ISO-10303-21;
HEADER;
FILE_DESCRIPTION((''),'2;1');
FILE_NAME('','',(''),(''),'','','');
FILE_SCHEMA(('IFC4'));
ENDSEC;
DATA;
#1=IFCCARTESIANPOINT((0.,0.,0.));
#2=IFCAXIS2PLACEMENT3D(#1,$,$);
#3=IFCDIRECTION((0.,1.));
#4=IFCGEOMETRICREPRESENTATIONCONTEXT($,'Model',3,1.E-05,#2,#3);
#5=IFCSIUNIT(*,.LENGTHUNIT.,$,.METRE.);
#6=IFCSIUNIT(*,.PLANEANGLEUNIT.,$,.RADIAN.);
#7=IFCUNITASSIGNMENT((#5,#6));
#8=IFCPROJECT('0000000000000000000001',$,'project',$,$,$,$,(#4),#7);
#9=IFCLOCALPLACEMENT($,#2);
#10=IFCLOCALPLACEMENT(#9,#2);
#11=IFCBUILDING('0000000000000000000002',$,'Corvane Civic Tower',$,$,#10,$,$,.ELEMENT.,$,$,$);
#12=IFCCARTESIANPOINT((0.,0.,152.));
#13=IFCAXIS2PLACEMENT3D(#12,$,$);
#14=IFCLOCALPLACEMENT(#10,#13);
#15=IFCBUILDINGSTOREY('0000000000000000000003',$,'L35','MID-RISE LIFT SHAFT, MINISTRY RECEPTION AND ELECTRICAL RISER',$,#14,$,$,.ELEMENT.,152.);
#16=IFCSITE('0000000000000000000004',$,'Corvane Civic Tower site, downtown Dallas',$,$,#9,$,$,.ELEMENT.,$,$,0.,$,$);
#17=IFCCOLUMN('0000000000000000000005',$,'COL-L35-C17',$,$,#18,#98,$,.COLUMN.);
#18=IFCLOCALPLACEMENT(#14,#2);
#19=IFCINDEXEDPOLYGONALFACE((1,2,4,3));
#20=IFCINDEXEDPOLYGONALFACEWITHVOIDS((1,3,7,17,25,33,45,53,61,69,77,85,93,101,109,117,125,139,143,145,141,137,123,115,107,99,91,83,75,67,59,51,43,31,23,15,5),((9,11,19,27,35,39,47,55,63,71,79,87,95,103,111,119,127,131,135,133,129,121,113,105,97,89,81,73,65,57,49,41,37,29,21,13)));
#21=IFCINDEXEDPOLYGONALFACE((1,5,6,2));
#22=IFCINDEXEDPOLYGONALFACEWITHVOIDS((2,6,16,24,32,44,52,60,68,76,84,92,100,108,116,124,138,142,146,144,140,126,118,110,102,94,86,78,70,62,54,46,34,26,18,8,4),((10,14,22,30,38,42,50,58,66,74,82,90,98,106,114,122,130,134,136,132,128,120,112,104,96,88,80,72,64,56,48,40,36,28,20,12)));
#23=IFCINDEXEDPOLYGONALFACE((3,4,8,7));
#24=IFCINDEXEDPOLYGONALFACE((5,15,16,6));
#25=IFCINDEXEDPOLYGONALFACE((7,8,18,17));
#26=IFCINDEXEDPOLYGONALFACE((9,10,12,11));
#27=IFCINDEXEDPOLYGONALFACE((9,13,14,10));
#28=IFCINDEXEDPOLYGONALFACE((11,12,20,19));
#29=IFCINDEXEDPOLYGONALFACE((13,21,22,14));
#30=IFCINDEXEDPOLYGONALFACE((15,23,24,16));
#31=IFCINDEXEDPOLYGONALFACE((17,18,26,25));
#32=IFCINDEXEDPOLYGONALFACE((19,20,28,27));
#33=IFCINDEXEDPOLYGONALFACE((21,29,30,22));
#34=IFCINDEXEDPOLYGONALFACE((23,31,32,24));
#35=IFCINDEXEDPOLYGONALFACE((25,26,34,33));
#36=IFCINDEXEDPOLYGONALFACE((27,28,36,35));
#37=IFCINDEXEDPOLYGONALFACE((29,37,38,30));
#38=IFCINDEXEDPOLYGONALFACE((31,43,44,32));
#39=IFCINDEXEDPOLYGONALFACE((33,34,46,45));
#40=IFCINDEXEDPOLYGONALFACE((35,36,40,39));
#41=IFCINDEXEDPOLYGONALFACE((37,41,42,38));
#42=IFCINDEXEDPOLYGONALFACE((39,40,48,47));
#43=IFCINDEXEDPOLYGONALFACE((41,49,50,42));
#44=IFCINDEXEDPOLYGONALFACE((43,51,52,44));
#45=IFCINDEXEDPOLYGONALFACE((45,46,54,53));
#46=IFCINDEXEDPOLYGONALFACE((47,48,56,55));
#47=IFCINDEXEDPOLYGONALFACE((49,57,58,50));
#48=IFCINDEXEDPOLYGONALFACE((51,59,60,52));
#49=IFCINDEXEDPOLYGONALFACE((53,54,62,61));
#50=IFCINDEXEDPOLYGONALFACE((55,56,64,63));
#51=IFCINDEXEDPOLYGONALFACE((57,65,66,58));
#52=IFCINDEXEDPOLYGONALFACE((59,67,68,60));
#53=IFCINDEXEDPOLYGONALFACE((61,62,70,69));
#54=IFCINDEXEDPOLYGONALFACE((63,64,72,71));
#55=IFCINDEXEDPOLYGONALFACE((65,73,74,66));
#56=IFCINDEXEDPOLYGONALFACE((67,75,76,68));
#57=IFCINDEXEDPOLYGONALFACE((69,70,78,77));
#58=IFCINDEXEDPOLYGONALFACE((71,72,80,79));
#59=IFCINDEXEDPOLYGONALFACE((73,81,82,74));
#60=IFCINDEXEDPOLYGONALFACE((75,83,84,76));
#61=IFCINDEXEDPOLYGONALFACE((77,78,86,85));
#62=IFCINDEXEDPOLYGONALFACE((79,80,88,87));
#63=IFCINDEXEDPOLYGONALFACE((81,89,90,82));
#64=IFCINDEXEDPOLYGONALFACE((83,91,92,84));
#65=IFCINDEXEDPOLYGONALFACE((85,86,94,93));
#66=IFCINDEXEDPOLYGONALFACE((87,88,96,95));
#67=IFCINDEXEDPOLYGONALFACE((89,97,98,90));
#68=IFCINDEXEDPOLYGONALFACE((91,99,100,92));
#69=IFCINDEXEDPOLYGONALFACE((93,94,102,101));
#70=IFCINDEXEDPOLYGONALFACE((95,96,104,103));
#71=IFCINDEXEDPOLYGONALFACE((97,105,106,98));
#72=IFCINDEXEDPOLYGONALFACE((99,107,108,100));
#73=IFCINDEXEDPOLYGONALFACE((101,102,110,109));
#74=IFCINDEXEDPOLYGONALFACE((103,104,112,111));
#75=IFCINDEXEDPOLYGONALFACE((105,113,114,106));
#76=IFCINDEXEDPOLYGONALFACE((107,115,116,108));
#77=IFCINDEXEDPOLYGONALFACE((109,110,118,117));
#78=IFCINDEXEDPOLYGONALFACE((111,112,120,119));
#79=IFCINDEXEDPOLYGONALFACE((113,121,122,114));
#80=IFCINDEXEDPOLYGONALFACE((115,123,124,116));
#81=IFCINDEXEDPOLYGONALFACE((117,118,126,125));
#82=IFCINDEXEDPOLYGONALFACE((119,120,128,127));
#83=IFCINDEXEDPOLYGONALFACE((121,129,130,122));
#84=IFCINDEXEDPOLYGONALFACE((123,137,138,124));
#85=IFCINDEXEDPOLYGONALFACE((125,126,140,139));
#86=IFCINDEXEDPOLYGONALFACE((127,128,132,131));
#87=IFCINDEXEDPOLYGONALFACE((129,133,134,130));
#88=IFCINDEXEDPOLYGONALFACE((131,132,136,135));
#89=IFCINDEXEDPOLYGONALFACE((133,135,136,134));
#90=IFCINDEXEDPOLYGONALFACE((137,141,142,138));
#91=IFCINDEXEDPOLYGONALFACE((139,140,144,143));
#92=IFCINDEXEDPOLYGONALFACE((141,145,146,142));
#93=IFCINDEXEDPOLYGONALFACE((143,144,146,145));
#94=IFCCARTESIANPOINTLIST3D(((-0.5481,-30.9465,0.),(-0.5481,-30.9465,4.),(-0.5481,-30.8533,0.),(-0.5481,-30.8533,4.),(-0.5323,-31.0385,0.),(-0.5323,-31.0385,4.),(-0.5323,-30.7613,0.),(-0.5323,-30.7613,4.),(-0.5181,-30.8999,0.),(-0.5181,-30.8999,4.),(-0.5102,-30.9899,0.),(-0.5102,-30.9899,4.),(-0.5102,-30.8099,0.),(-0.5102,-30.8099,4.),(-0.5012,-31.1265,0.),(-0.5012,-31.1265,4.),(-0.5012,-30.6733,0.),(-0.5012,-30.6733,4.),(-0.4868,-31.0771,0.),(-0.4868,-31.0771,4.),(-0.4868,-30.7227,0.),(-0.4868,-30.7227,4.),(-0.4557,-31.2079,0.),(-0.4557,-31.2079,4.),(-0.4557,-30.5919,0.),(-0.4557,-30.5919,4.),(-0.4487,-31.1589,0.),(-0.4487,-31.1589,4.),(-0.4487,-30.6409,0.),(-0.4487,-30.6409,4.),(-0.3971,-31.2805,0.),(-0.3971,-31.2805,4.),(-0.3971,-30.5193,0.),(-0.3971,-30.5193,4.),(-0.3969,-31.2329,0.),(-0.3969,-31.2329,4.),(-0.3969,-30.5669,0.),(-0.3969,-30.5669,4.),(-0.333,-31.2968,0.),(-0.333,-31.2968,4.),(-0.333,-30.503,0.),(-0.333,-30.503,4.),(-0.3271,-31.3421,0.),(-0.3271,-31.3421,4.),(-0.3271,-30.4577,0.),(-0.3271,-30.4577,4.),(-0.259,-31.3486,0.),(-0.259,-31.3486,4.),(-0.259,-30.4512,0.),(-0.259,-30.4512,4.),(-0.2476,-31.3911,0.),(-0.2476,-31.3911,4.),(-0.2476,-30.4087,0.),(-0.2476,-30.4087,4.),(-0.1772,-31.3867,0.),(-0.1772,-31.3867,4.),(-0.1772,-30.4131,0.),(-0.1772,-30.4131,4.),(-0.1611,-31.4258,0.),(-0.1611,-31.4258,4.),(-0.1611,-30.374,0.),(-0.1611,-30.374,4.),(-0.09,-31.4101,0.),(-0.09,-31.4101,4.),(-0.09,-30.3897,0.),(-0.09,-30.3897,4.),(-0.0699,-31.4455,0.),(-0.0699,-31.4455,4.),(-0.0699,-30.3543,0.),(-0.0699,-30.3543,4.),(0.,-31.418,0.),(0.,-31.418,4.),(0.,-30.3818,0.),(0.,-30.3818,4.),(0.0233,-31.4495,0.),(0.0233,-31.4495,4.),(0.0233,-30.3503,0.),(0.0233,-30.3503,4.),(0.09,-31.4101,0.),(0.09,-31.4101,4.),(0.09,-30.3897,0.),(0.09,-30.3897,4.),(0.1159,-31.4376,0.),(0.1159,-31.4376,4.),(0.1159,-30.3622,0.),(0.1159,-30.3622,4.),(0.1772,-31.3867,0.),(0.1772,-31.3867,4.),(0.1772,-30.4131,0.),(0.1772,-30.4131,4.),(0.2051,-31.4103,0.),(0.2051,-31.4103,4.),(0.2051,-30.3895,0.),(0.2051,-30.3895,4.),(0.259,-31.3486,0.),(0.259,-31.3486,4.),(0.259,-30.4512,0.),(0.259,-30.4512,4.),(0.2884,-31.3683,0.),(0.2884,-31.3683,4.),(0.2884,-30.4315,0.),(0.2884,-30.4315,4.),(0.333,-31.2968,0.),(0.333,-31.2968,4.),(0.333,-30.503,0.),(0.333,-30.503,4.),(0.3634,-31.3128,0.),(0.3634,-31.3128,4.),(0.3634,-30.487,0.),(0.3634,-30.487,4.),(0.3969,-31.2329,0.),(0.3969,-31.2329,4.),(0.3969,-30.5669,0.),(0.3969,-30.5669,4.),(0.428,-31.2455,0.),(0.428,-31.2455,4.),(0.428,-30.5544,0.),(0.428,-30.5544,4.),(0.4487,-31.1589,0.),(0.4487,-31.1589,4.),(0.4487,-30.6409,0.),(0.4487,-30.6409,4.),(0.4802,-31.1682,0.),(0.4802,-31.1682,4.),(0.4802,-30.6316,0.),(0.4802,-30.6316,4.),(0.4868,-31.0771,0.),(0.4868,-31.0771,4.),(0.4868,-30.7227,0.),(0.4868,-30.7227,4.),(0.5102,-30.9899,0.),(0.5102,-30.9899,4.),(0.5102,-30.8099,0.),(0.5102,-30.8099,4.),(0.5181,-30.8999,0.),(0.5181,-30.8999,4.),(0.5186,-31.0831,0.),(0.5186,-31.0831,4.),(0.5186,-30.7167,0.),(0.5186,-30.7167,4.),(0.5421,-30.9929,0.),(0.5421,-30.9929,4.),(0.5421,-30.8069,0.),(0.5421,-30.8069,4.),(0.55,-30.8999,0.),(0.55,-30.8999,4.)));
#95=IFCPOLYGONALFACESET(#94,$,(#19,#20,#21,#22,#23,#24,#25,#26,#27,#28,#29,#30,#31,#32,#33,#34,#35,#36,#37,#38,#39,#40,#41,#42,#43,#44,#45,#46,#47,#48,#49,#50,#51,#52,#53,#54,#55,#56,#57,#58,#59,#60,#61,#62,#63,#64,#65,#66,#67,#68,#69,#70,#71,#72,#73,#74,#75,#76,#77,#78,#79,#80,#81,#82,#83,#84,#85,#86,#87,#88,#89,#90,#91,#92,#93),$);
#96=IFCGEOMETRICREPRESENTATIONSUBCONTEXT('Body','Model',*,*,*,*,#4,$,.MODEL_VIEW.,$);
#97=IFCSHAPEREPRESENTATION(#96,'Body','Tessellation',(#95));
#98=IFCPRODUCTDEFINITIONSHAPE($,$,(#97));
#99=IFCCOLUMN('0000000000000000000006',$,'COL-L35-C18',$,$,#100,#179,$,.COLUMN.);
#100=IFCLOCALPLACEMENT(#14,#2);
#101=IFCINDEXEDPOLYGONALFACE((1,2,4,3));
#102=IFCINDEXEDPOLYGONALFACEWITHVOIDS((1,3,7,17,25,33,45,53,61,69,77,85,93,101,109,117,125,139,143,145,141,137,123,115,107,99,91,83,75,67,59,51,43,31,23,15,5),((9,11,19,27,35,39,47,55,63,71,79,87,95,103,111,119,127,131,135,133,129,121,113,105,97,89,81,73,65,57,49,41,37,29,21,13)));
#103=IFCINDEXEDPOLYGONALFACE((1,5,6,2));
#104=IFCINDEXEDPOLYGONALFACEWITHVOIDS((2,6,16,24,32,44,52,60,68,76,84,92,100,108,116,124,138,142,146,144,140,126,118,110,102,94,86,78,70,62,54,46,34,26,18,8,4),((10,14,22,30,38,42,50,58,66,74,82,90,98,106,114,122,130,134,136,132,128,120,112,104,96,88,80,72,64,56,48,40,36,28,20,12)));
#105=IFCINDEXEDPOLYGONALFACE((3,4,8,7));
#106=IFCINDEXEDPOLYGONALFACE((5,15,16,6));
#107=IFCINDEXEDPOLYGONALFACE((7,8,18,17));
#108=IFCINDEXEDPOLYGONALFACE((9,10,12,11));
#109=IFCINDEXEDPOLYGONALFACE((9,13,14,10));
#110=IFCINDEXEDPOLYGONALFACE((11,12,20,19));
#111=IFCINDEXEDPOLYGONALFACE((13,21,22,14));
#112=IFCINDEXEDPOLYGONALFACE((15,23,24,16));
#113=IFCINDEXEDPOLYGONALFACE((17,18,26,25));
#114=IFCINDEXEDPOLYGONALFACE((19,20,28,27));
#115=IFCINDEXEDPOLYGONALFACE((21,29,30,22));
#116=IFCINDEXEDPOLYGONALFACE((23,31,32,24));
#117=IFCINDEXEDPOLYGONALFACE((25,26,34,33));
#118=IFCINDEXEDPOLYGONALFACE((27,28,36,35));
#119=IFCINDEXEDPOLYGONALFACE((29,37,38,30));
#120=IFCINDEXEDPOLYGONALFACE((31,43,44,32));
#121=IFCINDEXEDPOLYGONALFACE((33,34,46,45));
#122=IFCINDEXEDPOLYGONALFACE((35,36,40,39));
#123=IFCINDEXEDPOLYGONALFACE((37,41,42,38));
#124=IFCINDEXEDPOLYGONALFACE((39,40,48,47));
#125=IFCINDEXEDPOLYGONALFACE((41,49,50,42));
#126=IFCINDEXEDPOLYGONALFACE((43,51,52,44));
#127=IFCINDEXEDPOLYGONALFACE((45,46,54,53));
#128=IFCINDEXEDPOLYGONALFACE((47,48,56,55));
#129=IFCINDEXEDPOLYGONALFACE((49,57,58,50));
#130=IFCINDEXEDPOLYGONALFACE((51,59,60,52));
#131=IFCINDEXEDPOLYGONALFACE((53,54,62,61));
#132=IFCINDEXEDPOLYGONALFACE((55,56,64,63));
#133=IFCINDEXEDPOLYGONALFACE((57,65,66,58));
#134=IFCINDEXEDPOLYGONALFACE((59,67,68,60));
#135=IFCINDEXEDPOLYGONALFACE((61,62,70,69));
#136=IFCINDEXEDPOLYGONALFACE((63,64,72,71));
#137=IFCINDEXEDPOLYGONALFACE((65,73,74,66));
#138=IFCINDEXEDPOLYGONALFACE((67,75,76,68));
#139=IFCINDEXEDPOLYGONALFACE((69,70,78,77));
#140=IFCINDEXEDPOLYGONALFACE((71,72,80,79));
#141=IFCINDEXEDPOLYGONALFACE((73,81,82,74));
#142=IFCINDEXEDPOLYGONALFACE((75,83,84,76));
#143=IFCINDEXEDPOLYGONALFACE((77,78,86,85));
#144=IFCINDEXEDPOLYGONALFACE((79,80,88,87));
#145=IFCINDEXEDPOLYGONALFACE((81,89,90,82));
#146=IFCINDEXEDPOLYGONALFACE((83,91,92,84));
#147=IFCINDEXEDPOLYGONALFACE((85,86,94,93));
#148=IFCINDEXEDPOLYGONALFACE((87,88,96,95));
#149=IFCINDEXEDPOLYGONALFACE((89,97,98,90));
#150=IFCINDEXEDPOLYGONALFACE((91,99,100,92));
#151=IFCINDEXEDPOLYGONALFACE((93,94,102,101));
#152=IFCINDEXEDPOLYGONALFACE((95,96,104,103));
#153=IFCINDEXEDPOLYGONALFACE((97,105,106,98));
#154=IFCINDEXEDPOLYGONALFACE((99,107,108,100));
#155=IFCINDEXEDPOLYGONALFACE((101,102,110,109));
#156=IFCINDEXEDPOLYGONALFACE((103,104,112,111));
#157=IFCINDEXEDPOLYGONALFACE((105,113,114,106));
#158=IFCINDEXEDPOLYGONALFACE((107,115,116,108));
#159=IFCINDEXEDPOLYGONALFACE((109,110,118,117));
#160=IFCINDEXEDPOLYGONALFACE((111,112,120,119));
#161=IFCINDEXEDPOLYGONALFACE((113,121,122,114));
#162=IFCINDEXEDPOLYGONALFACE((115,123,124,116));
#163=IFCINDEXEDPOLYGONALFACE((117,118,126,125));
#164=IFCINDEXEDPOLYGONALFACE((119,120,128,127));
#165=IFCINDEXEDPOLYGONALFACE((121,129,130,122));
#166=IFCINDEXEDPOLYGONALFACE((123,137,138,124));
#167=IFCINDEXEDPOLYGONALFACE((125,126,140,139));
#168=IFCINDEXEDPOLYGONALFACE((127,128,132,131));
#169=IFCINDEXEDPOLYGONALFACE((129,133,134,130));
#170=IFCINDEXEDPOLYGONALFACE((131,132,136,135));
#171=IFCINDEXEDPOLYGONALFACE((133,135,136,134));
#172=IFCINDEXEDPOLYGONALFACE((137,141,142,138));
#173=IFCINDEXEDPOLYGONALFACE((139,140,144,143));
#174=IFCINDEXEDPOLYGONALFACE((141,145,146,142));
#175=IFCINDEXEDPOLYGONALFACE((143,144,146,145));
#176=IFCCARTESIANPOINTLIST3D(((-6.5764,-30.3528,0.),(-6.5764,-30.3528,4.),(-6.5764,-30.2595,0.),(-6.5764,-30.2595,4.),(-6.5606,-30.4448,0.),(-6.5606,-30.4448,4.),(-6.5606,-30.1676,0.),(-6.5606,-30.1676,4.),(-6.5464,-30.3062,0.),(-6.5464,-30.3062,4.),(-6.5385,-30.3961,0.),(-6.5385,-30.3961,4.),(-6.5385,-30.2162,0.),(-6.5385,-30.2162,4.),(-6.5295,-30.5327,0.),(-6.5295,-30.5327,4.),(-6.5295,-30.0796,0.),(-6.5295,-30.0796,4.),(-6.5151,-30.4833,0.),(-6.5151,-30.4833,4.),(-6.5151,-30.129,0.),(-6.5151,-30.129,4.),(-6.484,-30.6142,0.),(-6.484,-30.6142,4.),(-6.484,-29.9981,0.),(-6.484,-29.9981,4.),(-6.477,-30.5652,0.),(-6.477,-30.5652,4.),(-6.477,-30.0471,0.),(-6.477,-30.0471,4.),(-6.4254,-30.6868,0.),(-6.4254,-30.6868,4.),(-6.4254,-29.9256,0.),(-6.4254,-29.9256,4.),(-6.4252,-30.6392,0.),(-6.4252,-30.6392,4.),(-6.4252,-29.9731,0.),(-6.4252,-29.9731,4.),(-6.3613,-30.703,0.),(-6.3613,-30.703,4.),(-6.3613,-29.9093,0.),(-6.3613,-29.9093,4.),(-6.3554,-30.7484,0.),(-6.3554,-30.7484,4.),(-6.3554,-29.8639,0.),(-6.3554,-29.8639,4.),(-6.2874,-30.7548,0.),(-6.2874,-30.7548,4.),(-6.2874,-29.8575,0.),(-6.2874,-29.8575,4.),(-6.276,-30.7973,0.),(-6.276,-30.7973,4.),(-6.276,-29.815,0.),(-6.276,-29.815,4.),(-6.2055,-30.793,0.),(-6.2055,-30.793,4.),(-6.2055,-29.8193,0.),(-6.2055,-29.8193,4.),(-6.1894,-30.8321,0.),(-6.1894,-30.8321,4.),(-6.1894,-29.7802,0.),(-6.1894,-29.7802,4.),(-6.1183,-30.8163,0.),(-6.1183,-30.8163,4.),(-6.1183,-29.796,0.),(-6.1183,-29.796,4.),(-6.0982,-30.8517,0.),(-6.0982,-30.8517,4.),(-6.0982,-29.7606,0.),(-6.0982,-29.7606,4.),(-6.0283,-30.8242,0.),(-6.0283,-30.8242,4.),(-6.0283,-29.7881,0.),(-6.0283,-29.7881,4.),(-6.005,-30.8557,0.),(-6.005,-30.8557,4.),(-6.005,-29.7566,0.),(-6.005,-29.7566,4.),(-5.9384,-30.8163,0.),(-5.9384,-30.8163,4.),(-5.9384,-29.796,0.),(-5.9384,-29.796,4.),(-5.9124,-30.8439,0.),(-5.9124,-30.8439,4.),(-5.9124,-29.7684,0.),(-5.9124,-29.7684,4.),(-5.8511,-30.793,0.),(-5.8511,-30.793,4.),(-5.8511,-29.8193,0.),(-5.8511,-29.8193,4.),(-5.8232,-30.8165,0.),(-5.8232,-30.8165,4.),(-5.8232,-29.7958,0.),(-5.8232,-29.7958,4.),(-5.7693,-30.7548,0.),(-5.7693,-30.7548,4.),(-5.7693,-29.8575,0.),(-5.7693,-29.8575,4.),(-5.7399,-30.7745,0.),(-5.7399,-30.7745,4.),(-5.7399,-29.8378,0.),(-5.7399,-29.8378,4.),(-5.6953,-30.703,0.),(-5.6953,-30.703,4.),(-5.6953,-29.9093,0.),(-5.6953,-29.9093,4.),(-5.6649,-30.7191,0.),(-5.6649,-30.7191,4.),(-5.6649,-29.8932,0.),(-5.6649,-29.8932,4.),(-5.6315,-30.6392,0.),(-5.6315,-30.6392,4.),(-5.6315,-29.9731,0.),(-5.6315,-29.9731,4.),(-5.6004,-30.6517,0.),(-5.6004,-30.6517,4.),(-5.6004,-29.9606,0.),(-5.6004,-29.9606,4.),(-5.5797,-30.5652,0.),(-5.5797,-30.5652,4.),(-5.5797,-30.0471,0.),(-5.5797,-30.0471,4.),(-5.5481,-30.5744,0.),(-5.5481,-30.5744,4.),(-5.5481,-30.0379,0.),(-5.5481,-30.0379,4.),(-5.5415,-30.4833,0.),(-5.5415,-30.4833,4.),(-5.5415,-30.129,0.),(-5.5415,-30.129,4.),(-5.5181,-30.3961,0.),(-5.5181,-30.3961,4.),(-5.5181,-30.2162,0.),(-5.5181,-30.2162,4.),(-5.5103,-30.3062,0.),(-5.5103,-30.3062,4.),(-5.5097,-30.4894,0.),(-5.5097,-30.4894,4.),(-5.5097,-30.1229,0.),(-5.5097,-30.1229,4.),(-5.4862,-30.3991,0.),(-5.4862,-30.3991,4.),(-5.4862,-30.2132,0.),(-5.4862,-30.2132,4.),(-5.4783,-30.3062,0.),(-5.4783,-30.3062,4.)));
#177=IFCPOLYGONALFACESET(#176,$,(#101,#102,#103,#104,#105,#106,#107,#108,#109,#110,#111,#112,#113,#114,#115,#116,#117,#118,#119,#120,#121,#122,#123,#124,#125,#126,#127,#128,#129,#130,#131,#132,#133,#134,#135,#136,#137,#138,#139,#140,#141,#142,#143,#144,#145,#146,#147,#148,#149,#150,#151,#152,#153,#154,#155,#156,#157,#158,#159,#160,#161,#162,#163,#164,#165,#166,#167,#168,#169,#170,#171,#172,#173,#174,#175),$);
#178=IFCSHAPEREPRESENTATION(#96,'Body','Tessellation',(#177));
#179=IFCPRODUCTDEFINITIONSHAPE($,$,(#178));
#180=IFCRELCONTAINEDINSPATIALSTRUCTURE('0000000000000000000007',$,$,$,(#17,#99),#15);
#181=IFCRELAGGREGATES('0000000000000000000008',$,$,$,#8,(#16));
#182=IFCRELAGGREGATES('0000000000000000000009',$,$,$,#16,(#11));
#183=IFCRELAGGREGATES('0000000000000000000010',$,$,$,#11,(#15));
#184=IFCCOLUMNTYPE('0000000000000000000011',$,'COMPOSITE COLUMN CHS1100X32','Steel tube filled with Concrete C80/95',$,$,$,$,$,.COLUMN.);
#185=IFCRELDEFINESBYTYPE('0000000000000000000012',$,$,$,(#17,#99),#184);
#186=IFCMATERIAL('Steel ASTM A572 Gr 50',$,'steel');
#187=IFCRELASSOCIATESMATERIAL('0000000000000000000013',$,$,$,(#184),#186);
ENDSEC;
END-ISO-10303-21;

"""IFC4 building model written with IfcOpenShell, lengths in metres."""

from ifc_helpers import new_model, si_unit, direction, frame, origin, origin_2d, place, context, subcontext, project, spatial, hollow_circle, extrude, material, material_profile, profile_set, type_object, element, save


model = new_model("IFC4")

# Units and contexts
model_context = context("Model", 3, precision=1e-05, world=origin(), true_north=direction((0.0, 1.0)))
body_context = subcontext(model_context, "Body", "Model", "MODEL_VIEW")
ifc_project = project(units=[si_unit("LENGTHUNIT", "METRE"), si_unit("PLANEANGLEUNIT", "RADIAN")], contexts=[model_context])

# Site, building, storey
site_placement = place(None, origin())
site = spatial("IfcSite", under=ifc_project, at=site_placement, Name="Corvane Civic Tower site, downtown Dallas", CompositionType="ELEMENT", RefElevation=0.0)
building_placement = place(site_placement, origin())
building = spatial("IfcBuilding", under=site, at=building_placement, Name="Corvane Civic Tower", CompositionType="ELEMENT")
storey_placement = place(building_placement, frame((0.0, 0.0, 152.0)))
storey = spatial("IfcBuildingStorey", under=building, at=storey_placement, Name="L35", Description="MID-RISE LIFT SHAFT, MINISTRY RECEPTION AND ELECTRICAL RISER", CompositionType="ELEMENT", Elevation=152.0)

# Columns
ifc_material_1 = material(Name="Steel ASTM A572 Gr 50", Category="steel")
ifc_material_profile_1 = material_profile(ifc_material_1, hollow_circle(Radius=0.55, WallThickness=0.032, at=origin_2d()), Name="CHS1100X32")
ifc_profile_set_1 = profile_set([ifc_material_profile_1], Name="Steel ASTM A572 Gr 50")
column_type = type_object("IfcColumnType", Name="COMPOSITE COLUMN CHS1100X32", Description="Steel tube filled with Concrete C80/95", PredefinedType="COLUMN", material=ifc_profile_set_1)
for number, where, z_axis, x_axis, name in (
    (1, (0.0, -30.8999, 0.0), (0.0, 0.0, 1.0), (1.0, 0.0, 0.0), "COL-L35-C17"),
    (2, (-6.0283, -30.3062, 0.0), (0.0, 0.0, 1.0), (1.0, 0.0, 0.0), "COL-L35-C18"),
):
    element("IfcColumn", number, at=place(storey_placement, frame(where, z_axis=z_axis, x_axis=x_axis)), inside=storey, type_object=column_type, Name=name, PredefinedType="COLUMN", context=body_context, shape_type="SweptSolid", body=[
        extrude(hollow_circle(Radius=0.55, WallThickness=0.032, at=origin_2d()), origin(), (0.0, 0.0, 1.0), 4.0),
    ])

save(model, "model.ifc")
